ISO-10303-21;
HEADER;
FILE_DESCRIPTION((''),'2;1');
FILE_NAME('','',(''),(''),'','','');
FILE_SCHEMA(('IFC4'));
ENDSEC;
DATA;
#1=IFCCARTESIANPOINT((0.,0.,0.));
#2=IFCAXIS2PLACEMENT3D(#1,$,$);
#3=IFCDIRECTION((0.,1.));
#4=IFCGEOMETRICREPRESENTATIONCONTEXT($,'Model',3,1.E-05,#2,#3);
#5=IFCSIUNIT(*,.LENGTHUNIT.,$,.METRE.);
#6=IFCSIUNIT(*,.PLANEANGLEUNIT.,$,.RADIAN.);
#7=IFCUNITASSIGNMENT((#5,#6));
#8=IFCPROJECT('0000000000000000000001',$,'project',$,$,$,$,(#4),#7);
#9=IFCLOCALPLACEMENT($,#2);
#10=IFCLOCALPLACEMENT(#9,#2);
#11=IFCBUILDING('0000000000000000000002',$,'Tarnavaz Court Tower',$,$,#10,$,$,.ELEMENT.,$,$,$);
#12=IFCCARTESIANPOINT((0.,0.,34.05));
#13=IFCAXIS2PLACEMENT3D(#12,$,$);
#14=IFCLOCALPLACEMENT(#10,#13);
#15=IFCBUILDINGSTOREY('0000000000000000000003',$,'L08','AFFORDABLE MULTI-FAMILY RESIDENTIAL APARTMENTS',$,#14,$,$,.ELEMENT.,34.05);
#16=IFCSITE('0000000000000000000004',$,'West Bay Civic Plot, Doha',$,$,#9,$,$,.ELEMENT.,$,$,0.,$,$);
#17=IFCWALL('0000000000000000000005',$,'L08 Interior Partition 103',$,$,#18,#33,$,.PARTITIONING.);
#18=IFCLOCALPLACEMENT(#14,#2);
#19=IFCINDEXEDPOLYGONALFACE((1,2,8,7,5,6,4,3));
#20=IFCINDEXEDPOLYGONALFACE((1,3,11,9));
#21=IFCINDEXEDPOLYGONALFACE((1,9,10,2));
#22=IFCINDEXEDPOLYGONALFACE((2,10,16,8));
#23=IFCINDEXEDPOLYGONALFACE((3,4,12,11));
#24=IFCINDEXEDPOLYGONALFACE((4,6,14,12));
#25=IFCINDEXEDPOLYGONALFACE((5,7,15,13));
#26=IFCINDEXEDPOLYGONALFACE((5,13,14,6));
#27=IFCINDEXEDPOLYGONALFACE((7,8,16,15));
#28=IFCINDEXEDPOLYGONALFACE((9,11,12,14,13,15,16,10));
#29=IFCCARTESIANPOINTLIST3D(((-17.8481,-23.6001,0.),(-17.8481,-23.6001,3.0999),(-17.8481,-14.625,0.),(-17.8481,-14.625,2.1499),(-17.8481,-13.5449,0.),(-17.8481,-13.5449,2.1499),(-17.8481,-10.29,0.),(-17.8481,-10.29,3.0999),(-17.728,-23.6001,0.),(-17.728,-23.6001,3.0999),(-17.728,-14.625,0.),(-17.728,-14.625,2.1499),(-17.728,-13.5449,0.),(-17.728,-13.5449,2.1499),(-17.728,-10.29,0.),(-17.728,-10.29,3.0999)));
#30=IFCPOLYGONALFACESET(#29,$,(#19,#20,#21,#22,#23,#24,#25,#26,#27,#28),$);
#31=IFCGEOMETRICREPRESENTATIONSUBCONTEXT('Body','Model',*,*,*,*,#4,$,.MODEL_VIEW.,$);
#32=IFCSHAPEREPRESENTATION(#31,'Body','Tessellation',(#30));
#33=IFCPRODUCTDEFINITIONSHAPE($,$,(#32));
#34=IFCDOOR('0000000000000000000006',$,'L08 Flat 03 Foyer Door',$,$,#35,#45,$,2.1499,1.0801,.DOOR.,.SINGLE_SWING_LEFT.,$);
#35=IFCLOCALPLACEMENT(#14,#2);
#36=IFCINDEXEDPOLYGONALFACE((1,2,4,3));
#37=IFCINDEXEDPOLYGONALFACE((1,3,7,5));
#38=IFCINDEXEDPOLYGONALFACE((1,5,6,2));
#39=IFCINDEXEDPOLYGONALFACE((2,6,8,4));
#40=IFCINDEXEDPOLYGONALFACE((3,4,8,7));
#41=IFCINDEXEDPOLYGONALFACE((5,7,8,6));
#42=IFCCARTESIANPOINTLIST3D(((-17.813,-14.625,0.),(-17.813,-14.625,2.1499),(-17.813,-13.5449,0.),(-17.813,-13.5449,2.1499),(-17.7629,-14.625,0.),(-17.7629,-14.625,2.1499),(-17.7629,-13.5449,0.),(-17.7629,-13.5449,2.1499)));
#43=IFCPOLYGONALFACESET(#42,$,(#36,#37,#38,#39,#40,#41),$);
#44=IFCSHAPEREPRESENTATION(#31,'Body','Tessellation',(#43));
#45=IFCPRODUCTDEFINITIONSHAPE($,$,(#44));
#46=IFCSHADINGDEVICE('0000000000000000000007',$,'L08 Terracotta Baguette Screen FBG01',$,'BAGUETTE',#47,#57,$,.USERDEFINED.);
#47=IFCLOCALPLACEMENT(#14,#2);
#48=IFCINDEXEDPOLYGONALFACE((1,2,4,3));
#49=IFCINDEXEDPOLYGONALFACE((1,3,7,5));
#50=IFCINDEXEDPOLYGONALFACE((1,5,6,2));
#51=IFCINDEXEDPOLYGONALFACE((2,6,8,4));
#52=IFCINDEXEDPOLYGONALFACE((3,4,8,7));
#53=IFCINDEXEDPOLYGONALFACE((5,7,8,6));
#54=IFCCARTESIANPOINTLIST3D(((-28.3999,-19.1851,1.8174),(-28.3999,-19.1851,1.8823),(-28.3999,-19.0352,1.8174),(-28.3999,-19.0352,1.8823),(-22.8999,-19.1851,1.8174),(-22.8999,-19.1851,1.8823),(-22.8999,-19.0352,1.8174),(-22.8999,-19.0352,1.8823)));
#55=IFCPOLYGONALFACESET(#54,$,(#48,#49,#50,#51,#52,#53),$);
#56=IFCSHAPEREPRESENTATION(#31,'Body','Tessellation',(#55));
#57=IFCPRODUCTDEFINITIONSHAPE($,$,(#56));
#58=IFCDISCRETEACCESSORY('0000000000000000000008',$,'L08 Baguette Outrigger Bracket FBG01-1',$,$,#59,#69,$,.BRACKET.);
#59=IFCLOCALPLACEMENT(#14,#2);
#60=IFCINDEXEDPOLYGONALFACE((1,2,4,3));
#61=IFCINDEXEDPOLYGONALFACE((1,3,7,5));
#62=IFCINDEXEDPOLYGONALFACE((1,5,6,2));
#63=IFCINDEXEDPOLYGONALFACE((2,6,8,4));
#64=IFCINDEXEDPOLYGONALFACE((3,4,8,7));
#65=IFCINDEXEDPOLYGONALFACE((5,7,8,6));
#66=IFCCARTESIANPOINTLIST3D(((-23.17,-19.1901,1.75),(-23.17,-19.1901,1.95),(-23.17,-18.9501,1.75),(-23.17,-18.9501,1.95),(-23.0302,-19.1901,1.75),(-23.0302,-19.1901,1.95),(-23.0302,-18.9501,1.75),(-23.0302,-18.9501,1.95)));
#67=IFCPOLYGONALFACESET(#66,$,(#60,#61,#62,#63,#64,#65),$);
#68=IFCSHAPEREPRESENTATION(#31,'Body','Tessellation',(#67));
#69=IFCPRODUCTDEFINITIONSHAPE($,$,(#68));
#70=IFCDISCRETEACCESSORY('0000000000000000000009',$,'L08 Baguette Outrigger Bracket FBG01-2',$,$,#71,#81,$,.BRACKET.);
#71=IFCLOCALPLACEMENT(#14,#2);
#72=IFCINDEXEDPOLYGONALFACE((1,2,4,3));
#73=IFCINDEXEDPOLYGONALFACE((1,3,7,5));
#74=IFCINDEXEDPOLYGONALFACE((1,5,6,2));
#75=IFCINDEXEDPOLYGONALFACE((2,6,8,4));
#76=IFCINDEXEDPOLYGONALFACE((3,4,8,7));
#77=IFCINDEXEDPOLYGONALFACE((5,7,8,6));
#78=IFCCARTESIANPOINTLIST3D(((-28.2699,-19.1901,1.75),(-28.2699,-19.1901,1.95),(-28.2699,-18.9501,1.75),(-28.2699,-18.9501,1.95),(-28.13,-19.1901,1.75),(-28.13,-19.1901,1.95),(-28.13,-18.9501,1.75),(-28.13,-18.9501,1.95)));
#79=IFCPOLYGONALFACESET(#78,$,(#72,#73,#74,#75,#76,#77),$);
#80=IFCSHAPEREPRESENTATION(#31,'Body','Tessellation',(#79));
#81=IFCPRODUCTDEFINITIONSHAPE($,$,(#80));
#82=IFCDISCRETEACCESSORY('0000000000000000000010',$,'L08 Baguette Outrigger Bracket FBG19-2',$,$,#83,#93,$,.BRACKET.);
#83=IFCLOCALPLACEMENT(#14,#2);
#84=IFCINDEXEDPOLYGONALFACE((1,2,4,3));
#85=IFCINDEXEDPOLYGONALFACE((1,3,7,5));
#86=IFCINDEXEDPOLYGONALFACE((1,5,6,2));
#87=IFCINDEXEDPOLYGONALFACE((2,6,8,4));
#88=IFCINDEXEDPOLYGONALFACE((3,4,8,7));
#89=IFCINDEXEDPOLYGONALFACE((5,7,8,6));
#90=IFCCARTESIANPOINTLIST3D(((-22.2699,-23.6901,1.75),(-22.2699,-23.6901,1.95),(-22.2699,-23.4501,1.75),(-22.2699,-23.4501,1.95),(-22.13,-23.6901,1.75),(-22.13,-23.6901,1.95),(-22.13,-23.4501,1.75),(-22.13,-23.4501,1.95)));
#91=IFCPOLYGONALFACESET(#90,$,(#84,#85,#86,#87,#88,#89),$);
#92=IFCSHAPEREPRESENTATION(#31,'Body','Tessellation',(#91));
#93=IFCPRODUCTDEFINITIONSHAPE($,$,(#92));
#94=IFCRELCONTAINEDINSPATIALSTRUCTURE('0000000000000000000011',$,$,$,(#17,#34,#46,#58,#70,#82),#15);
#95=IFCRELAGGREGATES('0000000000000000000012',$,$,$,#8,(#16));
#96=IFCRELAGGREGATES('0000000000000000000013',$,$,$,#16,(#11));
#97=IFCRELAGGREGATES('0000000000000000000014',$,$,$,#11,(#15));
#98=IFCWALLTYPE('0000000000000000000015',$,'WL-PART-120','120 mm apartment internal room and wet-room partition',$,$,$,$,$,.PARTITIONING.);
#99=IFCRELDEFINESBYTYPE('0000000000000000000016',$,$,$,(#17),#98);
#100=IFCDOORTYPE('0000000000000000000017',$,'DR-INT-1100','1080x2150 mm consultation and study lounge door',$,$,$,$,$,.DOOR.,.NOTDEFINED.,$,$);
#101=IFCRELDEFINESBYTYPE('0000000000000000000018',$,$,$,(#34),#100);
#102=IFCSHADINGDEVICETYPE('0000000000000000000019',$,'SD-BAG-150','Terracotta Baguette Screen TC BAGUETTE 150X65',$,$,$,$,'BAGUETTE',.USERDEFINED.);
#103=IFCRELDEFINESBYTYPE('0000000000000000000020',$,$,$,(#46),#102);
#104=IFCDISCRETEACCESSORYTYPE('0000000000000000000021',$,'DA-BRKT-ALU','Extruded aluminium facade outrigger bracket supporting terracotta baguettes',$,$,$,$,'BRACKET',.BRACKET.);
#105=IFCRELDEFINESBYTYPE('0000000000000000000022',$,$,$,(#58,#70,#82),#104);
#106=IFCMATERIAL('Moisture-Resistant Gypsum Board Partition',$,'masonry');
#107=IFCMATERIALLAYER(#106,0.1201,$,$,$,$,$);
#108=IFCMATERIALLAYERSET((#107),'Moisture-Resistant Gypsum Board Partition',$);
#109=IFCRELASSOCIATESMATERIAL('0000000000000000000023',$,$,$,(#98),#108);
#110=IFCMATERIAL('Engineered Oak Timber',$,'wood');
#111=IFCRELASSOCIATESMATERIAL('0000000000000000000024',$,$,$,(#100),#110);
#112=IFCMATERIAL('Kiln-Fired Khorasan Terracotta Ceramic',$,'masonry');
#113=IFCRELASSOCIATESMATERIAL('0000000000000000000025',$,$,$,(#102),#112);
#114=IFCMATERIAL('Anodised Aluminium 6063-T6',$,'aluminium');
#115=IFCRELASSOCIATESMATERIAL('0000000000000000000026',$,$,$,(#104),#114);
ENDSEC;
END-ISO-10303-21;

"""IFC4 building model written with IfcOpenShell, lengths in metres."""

from ifc_helpers import new_model, si_unit, direction, frame, frame_2d, origin, origin_2d, place, context, subcontext, project, spatial, rectangle, extrude, material, layer, layer_set, material_profile, profile_set, type_object, element, fill, save


model = new_model("IFC4")

# Units and contexts
model_context = context("Model", 3, precision=1e-05, world=origin(), true_north=direction((0.0, 1.0)))
body_context = subcontext(model_context, "Body", "Model", "MODEL_VIEW")
ifc_project = project(units=[si_unit("LENGTHUNIT", "METRE"), si_unit("PLANEANGLEUNIT", "RADIAN")], contexts=[model_context])

# Site, building, storey
site_placement = place(None, origin())
site = spatial("IfcSite", under=ifc_project, at=site_placement, Name="West Bay Civic Plot, Doha", CompositionType="ELEMENT", RefElevation=0.0)
building_placement = place(site_placement, origin())
building = spatial("IfcBuilding", under=site, at=building_placement, Name="Tarnavaz Court Tower", CompositionType="ELEMENT")
storey_placement = place(building_placement, frame((0.0, 0.0, 34.05)))
storey = spatial("IfcBuildingStorey", under=building, at=storey_placement, Name="L08", Description="AFFORDABLE MULTI-FAMILY RESIDENTIAL APARTMENTS", CompositionType="ELEMENT", Elevation=34.05)

# Wall, opening, door
ifc_material_1 = material(Name="Moisture-Resistant Gypsum Board Partition", Category="masonry")
ifc_layer_1 = layer(ifc_material_1, 0.1201)
ifc_layer_set_1 = layer_set([ifc_layer_1], Name="Moisture-Resistant Gypsum Board Partition")
wall_type_1 = type_object("IfcWallType", Name="WL-PART-120", Description="120 mm apartment internal room and wet-room partition", PredefinedType="PARTITIONING", material=ifc_layer_set_1)
wall_1_placement = place(storey_placement, frame((-17.7881, -23.6001, 0.0), z_axis=(0.0, 0.0, 1.0), x_axis=(0.0, 1.0, 0.0)))
wall_1 = element("IfcWall", 1, at=wall_1_placement, inside=storey, type_object=wall_type_1, Name="L08 Interior Partition 103", PredefinedType="PARTITIONING", context=body_context, shape_type="SweptSolid", body=[
    extrude(rectangle(XDim=13.3101, YDim=0.1201, at=frame_2d((6.655, 0.0))), origin(), (0.0, 0.0, 1.0), 3.0999),
])
opening_1_placement = place(wall_1_placement, frame((8.9751, 0.0, 0.0)))
opening_1 = element("IfcOpeningElement", 2, at=opening_1_placement, cuts=wall_1, PredefinedType="OPENING", context=body_context, shape_type="SweptSolid", body=[
    extrude(rectangle(XDim=1.0801, YDim=2.1499, at=frame_2d((0.54, 1.075))), frame((0.0, 0.0701, 0.0), z_axis=(0.0, -1.0, 0.0), x_axis=(1.0, 0.0, 0.0)), (0.0, 0.0, 1.0), 0.1401),
])
ifc_material_2 = material(Name="Engineered Oak Timber", Category="wood")
door_type = type_object("IfcDoorType", Name="DR-INT-1100", Description="1080x2150 mm consultation and study lounge door", OperationType="NOTDEFINED", PredefinedType="DOOR", material=ifc_material_2)
door_placement = place(opening_1_placement, origin())
door = element("IfcDoor", 3, at=door_placement, inside=storey, type_object=door_type, Name="L08 Flat 03 Foyer Door", OperationType="SINGLE_SWING_LEFT", OverallHeight=2.1499, OverallWidth=1.0801, PredefinedType="DOOR", context=body_context, shape_type="SweptSolid", body=[
    extrude(rectangle(XDim=1.0801, YDim=2.1499, at=frame_2d((0.54, 1.075))), frame((0.0, 0.0249, 0.0), z_axis=(0.0, -1.0, 0.0), x_axis=(1.0, 0.0, 0.0)), (0.0, 0.0, 1.0), 0.05),
])
fill(opening_1, door)

# Shading device
ifc_material_3 = material(Name="Kiln-Fired Khorasan Terracotta Ceramic", Category="masonry")
ifc_material_profile_1 = material_profile(ifc_material_3, rectangle(XDim=0.1499, YDim=0.0649, at=origin_2d()), Name="TC BAGUETTE 150X65")
ifc_profile_set_1 = profile_set([ifc_material_profile_1], Name="Kiln-Fired Khorasan Terracotta Ceramic")
shading_device_type = type_object("IfcShadingDeviceType", Name="SD-BAG-150", Description="Terracotta Baguette Screen TC BAGUETTE 150X65", ElementType="BAGUETTE", PredefinedType="USERDEFINED", material=ifc_profile_set_1)
shading_device_placement = place(storey_placement, frame((-22.8999, -19.1101, 1.8499), z_axis=(-1.0, 0.0, 0.0), x_axis=(0.0, -1.0, 0.0)))
element("IfcShadingDevice", 4, at=shading_device_placement, inside=storey, type_object=shading_device_type, Name="L08 Terracotta Baguette Screen FBG01", ObjectType="BAGUETTE", PredefinedType="USERDEFINED", context=body_context, shape_type="SweptSolid", body=[
    extrude(rectangle(XDim=0.1499, YDim=0.0649, at=origin_2d()), origin(), (0.0, 0.0, 1.0), 5.5),
])

# Discrete accessories
ifc_material_4 = material(Name="Anodised Aluminium 6063-T6", Category="aluminium")
discrete_accessory_type = type_object("IfcDiscreteAccessoryType", Name="DA-BRKT-ALU", Description="Extruded aluminium facade outrigger bracket supporting terracotta baguettes", ElementType="BRACKET", PredefinedType="BRACKET", material=ifc_material_4)
for number, where, z_axis, x_axis, name in (
    (5, (-23.1001, -19.0701, 1.75), (0.0, 0.0, 1.0), (-1.0, 0.0, 0.0), "L08 Baguette Outrigger Bracket FBG01-1"),
    (6, (-28.2, -19.0701, 1.75), (0.0, 0.0, 1.0), (-1.0, 0.0, 0.0), "L08 Baguette Outrigger Bracket FBG01-2"),
    (7, (-22.2, -23.5701, 1.75), (0.0, 0.0, 1.0), (-1.0, 0.0, 0.0), "L08 Baguette Outrigger Bracket FBG19-2"),
):
    element("IfcDiscreteAccessory", number, at=place(storey_placement, frame(where, z_axis=z_axis, x_axis=x_axis)), inside=storey, type_object=discrete_accessory_type, Name=name, PredefinedType="BRACKET", context=body_context, shape_type="SweptSolid", body=[
        extrude(rectangle(XDim=0.1399, YDim=0.24, at=origin_2d()), origin(), (0.0, 0.0, 1.0), 0.2),
    ])

save(model, "model.ifc")
